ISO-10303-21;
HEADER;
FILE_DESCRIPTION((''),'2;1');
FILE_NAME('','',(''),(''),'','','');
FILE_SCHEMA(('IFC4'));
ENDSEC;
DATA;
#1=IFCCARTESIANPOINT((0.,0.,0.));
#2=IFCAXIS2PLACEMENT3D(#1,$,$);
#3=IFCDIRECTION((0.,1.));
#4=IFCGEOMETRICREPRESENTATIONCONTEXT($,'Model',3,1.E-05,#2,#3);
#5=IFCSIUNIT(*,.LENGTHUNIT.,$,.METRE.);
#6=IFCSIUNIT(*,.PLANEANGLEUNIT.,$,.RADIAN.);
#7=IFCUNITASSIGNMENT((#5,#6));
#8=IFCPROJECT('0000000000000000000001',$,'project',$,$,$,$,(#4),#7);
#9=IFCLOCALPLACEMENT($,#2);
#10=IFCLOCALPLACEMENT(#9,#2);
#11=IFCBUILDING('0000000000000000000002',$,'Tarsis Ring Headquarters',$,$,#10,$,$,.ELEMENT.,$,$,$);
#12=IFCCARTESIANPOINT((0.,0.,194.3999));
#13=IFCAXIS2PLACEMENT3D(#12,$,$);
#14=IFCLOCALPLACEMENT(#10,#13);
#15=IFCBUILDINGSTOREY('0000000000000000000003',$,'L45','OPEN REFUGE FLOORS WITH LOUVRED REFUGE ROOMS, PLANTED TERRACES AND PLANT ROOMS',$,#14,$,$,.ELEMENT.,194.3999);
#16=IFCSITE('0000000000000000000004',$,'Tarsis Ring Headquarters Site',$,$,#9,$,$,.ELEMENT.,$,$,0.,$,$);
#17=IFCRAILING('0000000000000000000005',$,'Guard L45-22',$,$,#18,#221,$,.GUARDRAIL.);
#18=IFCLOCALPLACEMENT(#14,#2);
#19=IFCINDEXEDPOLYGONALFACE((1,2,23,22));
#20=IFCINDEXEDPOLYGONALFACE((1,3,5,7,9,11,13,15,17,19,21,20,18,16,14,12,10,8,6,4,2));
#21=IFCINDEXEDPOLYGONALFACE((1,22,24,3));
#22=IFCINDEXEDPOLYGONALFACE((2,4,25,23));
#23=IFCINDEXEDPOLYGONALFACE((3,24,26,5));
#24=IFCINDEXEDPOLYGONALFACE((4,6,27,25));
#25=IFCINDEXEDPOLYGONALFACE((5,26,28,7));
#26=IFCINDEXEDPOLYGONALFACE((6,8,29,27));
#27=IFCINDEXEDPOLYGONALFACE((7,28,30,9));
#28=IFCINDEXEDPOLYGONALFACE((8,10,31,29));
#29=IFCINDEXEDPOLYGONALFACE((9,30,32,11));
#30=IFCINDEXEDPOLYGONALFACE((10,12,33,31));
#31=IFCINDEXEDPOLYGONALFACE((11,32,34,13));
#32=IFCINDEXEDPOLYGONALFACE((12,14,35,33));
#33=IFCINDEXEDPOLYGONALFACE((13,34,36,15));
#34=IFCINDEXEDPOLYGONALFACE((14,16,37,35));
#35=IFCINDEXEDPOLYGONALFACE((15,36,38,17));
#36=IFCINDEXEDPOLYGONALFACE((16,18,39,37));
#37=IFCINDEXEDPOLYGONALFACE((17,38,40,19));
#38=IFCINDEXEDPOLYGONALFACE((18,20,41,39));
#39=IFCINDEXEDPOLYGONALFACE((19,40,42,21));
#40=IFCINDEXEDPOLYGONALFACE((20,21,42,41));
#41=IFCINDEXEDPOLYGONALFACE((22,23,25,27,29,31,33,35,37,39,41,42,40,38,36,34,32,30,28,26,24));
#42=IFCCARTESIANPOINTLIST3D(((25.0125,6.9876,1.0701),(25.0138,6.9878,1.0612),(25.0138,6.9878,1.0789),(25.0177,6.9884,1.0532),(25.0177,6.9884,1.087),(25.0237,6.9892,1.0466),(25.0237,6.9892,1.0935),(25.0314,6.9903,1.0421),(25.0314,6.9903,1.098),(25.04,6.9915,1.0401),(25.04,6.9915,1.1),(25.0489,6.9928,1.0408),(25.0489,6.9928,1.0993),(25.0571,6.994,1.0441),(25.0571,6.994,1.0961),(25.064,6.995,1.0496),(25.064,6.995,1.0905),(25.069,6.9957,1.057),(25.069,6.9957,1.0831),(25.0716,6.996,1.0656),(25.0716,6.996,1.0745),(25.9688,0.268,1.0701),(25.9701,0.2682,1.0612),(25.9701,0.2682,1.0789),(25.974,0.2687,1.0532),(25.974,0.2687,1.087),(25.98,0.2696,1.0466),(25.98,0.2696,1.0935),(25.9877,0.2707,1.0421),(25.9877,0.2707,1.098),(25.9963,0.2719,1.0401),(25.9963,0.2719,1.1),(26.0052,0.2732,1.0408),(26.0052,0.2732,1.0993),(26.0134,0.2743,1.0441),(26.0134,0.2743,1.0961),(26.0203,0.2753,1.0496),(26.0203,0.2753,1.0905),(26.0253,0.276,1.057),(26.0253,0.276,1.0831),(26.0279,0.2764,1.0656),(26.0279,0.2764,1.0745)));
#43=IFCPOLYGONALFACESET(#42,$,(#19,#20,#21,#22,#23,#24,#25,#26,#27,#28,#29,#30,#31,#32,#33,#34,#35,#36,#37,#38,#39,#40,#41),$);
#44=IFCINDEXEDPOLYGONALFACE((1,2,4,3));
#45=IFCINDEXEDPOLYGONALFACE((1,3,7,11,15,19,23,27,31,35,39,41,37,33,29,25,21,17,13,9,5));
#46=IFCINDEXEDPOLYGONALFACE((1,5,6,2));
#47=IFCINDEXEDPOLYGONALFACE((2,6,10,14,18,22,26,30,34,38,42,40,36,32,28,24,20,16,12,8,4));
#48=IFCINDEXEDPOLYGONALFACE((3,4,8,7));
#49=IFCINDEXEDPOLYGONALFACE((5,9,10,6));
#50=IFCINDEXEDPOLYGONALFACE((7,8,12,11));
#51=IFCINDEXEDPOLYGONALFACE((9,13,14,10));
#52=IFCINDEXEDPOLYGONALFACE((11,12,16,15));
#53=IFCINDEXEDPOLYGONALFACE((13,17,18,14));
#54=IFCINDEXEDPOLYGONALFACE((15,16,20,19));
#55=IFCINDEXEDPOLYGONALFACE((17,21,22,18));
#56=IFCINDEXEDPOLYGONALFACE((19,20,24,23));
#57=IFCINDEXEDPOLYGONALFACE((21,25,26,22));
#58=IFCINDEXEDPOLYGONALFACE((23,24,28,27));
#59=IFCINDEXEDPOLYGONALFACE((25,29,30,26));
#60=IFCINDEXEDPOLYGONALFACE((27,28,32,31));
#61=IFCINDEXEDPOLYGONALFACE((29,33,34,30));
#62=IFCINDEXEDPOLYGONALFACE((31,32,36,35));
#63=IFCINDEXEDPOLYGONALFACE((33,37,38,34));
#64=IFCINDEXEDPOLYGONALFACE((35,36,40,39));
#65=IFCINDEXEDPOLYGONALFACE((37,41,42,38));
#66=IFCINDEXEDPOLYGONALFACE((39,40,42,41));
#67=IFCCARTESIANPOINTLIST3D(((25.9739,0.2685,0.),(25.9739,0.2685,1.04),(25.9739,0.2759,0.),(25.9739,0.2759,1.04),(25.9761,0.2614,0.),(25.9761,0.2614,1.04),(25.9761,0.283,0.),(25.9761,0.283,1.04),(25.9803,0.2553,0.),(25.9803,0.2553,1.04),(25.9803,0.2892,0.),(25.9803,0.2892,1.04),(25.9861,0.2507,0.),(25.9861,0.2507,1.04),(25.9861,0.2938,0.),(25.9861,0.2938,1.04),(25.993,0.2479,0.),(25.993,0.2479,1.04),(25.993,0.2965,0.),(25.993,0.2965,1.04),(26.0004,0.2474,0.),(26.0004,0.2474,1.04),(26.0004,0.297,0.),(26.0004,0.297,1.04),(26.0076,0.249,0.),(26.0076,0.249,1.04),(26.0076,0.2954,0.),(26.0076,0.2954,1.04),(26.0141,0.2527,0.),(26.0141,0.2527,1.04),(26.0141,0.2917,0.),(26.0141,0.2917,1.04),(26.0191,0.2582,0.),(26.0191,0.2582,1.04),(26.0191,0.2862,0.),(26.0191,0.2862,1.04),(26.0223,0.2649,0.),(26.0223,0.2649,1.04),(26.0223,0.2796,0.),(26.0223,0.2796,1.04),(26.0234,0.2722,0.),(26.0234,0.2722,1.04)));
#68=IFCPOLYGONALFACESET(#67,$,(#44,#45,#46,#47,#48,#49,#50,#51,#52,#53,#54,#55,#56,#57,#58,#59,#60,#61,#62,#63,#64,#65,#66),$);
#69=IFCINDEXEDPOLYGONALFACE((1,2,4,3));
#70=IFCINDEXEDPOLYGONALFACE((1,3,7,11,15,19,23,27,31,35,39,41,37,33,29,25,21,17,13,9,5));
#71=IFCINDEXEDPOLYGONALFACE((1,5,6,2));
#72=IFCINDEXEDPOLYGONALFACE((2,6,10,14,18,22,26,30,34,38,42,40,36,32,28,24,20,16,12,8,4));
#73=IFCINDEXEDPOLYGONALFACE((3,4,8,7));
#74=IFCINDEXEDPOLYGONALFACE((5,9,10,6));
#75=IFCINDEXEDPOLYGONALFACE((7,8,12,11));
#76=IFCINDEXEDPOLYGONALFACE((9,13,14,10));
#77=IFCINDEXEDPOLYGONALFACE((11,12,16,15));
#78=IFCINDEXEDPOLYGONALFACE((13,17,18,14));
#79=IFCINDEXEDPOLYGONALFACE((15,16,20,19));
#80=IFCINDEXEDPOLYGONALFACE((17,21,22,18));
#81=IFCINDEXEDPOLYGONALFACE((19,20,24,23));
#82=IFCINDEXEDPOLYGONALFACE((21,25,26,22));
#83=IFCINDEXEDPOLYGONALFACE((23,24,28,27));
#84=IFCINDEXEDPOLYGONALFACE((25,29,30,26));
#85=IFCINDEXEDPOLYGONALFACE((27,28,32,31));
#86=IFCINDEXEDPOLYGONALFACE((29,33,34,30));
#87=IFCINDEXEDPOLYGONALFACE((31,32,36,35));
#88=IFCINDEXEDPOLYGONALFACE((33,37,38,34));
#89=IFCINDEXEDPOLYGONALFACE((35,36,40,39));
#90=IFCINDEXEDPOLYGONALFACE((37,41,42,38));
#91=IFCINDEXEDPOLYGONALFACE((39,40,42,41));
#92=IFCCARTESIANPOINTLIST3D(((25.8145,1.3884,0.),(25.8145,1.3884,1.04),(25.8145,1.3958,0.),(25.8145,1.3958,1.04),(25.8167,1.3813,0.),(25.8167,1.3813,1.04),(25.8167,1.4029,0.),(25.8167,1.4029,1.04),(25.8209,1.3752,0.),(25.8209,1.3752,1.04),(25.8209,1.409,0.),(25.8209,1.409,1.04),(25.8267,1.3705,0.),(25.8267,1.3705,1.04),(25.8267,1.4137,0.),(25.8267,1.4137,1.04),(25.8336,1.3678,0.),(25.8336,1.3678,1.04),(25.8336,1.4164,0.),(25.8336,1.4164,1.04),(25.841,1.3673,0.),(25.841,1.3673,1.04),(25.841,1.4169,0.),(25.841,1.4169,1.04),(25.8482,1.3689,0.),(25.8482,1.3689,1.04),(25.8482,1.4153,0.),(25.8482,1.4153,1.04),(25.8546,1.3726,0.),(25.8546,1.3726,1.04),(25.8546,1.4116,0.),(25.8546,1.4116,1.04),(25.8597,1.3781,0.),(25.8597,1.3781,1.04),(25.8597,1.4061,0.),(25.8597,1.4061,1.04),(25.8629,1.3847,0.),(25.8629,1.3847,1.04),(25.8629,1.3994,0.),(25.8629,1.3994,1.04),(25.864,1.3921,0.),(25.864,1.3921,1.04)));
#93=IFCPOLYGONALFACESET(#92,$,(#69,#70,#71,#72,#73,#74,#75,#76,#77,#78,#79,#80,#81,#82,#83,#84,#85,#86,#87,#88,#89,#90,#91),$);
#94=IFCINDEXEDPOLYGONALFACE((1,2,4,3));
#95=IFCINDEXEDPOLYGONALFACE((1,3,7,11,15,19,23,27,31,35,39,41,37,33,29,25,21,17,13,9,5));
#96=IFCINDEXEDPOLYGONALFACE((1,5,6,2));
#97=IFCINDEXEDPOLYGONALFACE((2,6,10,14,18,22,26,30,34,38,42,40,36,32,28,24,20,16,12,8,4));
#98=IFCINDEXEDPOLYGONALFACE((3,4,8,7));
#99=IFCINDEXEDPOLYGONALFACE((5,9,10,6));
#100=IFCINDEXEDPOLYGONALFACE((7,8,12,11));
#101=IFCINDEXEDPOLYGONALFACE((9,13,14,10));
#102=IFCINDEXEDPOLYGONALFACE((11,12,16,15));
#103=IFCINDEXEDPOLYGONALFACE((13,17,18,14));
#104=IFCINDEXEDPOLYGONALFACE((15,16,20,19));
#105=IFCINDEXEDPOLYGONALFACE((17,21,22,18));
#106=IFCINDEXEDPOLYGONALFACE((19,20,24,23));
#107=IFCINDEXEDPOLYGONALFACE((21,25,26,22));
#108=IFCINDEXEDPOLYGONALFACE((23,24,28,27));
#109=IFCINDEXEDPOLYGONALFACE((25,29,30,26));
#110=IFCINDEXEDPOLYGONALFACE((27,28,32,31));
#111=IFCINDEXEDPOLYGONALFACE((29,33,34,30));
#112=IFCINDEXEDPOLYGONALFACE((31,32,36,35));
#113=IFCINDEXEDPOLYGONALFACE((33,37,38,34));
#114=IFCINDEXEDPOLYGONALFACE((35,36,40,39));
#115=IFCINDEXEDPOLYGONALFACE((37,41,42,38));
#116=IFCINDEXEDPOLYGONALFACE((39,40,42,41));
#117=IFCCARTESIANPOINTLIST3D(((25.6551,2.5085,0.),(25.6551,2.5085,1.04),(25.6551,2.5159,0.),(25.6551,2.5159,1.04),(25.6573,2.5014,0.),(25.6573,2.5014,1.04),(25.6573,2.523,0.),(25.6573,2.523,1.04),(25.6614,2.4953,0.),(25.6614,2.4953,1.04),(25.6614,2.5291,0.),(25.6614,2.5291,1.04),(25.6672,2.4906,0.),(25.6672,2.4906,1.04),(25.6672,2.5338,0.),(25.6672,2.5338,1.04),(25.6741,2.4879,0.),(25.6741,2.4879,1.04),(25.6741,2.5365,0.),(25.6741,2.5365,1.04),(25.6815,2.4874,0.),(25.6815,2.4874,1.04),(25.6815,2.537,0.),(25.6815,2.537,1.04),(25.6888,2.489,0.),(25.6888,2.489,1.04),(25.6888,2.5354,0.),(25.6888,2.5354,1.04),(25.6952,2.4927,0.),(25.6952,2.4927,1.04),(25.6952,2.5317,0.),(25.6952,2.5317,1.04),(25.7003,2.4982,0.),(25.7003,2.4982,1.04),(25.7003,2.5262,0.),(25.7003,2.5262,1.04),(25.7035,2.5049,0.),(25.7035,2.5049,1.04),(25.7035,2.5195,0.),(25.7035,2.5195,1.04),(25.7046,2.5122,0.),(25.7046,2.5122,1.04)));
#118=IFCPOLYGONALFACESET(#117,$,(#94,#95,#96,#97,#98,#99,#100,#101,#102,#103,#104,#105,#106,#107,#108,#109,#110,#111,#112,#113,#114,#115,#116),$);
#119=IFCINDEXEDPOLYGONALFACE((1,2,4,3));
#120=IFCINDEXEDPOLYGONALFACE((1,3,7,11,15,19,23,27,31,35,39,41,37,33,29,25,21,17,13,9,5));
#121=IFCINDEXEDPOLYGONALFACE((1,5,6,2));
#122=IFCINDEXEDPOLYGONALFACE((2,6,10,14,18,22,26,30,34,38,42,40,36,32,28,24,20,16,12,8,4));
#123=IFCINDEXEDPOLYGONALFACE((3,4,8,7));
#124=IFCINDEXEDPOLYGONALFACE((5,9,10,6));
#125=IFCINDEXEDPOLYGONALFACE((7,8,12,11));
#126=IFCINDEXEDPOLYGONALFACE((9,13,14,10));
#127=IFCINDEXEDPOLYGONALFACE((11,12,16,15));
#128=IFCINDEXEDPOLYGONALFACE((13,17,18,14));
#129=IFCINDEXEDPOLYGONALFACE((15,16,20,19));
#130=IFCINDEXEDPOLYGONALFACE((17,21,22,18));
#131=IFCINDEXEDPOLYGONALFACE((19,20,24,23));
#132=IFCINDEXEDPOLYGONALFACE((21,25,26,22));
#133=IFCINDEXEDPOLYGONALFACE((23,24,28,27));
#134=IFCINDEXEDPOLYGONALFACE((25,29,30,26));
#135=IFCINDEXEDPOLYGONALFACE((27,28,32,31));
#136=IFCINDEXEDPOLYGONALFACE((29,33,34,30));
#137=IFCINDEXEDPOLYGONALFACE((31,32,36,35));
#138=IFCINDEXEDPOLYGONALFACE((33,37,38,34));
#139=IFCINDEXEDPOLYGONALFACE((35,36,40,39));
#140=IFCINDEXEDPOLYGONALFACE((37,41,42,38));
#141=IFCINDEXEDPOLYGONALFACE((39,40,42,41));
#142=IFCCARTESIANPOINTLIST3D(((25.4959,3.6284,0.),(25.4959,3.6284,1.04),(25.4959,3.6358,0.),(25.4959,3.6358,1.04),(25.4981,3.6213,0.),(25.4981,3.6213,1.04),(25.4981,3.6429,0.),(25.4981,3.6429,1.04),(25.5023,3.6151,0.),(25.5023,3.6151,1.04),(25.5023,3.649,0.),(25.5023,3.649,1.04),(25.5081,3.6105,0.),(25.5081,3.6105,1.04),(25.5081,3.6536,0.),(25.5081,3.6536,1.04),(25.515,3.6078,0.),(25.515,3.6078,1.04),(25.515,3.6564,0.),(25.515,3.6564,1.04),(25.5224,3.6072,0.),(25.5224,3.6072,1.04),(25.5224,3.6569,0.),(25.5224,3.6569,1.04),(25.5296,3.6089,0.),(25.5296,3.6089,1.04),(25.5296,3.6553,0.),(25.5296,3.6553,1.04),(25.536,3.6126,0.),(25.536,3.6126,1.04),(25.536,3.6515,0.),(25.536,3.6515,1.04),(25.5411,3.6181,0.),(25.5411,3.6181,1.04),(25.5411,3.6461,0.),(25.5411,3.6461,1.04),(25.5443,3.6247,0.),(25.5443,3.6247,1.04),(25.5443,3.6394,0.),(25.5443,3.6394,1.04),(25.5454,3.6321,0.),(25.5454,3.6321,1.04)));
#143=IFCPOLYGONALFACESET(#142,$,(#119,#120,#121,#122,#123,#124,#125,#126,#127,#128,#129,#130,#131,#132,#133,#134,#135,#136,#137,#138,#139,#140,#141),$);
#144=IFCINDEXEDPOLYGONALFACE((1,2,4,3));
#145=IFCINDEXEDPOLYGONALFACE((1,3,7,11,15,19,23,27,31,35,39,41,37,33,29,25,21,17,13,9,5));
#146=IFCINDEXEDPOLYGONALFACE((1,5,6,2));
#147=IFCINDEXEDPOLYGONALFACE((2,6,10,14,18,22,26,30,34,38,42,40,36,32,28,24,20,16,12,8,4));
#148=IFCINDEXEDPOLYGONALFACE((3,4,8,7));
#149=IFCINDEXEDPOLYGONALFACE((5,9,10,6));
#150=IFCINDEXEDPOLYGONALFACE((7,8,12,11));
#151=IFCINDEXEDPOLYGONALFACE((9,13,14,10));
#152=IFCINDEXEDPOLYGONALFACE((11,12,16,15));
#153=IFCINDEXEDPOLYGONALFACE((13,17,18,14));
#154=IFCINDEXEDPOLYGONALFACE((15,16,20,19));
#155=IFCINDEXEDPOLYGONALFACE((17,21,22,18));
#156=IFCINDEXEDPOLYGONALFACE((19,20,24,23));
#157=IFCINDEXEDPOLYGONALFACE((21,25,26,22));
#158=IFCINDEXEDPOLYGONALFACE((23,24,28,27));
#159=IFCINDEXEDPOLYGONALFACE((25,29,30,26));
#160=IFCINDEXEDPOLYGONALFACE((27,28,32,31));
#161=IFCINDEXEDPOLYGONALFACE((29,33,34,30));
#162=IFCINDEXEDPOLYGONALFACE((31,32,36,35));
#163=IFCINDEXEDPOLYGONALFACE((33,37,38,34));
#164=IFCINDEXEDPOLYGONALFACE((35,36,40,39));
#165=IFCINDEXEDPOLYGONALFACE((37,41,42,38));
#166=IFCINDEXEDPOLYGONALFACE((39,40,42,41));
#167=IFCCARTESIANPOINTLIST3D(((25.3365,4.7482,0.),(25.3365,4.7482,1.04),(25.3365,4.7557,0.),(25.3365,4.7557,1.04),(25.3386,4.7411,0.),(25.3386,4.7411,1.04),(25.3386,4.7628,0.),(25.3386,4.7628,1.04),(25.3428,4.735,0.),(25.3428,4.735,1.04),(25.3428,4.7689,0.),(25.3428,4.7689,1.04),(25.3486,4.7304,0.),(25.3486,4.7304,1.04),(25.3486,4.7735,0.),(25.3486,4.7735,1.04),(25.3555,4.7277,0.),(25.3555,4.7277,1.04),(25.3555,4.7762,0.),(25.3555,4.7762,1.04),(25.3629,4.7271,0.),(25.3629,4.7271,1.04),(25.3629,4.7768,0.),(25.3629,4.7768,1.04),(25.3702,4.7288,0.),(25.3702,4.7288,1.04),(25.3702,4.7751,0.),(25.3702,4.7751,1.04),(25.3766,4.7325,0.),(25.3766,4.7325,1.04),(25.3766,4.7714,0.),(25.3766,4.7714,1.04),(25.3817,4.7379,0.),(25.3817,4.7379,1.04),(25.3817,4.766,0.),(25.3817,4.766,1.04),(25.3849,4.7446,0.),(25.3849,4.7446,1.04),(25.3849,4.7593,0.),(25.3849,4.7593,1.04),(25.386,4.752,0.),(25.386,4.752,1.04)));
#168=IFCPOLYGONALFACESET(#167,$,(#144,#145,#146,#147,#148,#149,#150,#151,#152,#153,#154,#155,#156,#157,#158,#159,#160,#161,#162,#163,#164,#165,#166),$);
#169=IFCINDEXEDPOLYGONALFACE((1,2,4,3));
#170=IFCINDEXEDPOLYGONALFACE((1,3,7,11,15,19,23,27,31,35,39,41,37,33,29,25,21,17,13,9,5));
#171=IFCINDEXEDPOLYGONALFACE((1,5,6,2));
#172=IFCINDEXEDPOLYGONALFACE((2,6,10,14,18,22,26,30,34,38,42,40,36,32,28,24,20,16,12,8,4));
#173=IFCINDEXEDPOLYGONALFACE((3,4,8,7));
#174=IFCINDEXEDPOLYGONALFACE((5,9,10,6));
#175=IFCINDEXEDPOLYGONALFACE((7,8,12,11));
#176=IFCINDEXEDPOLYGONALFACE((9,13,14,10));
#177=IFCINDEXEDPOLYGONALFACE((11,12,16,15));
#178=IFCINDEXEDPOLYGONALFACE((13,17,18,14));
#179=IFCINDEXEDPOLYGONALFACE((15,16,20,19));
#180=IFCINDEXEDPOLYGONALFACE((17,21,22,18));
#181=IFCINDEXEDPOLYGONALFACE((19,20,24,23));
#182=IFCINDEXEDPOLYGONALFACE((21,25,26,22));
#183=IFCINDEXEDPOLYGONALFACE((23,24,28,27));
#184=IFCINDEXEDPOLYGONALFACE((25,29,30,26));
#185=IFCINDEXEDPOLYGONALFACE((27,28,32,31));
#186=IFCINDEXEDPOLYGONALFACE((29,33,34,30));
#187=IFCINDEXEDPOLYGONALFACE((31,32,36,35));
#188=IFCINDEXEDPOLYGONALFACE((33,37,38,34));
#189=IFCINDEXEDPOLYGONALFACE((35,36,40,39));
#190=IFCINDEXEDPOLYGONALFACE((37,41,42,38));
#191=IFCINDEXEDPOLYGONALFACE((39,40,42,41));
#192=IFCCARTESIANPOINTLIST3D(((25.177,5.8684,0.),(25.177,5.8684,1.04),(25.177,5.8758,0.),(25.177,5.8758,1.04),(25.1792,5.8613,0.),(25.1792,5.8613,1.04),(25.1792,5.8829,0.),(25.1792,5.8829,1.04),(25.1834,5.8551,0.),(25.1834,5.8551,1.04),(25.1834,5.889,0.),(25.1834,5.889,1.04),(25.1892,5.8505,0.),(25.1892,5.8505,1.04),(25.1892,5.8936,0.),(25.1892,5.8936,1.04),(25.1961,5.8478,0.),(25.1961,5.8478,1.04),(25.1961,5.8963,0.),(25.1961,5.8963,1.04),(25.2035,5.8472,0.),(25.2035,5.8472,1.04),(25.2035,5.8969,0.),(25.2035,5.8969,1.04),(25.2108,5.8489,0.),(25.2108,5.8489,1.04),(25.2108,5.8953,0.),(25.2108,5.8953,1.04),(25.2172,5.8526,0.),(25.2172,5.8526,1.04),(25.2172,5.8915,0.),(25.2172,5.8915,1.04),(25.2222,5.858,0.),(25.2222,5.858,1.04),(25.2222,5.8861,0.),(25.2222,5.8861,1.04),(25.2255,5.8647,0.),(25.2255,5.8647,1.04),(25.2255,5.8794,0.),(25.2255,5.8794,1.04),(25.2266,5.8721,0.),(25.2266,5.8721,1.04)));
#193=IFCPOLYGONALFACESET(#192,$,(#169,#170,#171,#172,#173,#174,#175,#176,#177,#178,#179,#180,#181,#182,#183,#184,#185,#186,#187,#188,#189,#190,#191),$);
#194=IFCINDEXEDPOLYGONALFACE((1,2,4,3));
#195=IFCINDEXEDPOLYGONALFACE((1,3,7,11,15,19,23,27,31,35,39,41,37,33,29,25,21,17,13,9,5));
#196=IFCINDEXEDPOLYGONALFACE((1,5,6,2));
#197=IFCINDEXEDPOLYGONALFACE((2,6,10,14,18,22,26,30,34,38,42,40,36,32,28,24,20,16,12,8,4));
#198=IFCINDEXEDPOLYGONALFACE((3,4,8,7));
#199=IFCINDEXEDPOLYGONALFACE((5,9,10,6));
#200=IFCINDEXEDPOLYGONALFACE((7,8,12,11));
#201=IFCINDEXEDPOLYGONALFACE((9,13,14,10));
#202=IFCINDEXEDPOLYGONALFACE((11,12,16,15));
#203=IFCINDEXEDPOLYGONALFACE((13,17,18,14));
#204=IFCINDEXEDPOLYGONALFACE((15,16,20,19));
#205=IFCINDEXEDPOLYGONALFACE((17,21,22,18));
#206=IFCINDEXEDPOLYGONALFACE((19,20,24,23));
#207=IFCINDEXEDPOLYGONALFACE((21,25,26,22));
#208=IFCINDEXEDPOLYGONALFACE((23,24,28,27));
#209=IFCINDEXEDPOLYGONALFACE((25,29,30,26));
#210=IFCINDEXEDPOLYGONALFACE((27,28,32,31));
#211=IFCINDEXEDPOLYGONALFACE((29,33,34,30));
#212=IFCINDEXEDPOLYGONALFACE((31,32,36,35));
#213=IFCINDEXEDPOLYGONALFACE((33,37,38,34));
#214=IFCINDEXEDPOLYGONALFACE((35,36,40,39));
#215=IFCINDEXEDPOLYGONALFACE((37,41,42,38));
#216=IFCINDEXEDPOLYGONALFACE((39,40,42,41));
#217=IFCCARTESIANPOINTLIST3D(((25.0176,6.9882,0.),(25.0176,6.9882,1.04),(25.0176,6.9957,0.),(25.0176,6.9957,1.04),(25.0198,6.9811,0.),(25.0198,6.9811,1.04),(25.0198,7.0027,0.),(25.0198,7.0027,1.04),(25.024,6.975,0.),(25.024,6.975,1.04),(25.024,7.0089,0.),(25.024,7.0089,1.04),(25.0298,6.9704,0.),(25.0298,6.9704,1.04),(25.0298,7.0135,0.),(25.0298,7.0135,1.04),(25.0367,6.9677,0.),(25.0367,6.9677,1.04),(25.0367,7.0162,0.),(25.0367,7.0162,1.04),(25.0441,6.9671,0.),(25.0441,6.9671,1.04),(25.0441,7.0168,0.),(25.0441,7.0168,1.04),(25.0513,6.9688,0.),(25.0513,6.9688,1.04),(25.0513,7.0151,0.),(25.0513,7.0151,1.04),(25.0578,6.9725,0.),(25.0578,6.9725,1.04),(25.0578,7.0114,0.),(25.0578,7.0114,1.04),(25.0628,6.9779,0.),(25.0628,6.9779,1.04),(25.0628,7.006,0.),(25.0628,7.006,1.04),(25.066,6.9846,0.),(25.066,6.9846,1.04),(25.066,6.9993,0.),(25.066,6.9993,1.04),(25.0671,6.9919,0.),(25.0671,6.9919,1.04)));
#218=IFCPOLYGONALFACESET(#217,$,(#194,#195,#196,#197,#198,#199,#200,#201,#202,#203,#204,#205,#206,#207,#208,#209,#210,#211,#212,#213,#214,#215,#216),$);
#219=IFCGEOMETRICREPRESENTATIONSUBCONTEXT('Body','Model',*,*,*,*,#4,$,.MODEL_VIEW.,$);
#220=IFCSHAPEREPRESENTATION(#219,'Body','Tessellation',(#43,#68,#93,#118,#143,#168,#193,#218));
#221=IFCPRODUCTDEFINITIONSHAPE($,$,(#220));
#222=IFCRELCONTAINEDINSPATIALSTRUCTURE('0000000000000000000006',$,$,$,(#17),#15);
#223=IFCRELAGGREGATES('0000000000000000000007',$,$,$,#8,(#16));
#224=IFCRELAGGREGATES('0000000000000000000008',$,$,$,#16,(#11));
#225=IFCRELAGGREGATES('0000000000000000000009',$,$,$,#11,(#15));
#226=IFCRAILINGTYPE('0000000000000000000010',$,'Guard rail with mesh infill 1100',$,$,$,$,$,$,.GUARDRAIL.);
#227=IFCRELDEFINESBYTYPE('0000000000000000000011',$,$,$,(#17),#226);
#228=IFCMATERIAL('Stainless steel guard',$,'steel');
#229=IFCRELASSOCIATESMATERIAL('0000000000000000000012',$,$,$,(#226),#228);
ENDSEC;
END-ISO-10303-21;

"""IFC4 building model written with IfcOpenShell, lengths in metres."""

from ifc_helpers import new_model, si_unit, direction, frame, origin, origin_2d, place, context, subcontext, project, spatial, circle, extrude, material, type_object, element, save


model = new_model("IFC4")

# Units and contexts
model_context = context("Model", 3, precision=1e-05, world=origin(), true_north=direction((0.0, 1.0)))
body_context = subcontext(model_context, "Body", "Model", "MODEL_VIEW")
ifc_project = project(units=[si_unit("LENGTHUNIT", "METRE"), si_unit("PLANEANGLEUNIT", "RADIAN")], contexts=[model_context])

# Site, building, storey
site_placement = place(None, origin())
site = spatial("IfcSite", under=ifc_project, at=site_placement, Name="Tarsis Ring Headquarters Site", CompositionType="ELEMENT", RefElevation=0.0)
building_placement = place(site_placement, origin())
building = spatial("IfcBuilding", under=site, at=building_placement, Name="Tarsis Ring Headquarters", CompositionType="ELEMENT")
storey_placement = place(building_placement, frame((0.0, 0.0, 194.3999)))
storey = spatial("IfcBuildingStorey", under=building, at=storey_placement, Name="L45", Description="OPEN REFUGE FLOORS WITH LOUVRED REFUGE ROOMS, PLANTED TERRACES AND PLANT ROOMS", CompositionType="ELEMENT", Elevation=194.3999)

# Railing
ifc_material_1 = material(Name="Stainless steel guard", Category="steel")
railing_type_1 = type_object("IfcRailingType", Name="Guard rail with mesh infill 1100", PredefinedType="GUARDRAIL", material=ifc_material_1)
railing_1_placement = place(storey_placement, frame((25.9985, 0.2722, 0.0)))
element("IfcRailing", 1, at=railing_1_placement, inside=storey, type_object=railing_type_1, Name="Guard L45-22", PredefinedType="GUARDRAIL", context=body_context, shape_type="SweptSolid", body=[
    extrude(circle(Radius=0.03, at=origin_2d()), frame((0.0, 0.0, 1.0701), z_axis=(-0.140893, 0.990025, 0.0), x_axis=(-0.990025, -0.140893, 0.0)), (0.0, 0.0, 1.0), 6.7874),
    extrude(circle(Radius=0.0249, at=origin_2d()), origin(), (0.0, 0.0, 1.0), 1.04),
    extrude(circle(Radius=0.0249, at=origin_2d()), frame((-0.1594, 1.1199, 0.0)), (0.0, 0.0, 1.0), 1.04),
    extrude(circle(Radius=0.0249, at=origin_2d()), frame((-0.3188, 2.24, 0.0)), (0.0, 0.0, 1.0), 1.04),
    extrude(circle(Radius=0.0249, at=origin_2d()), frame((-0.478, 3.3599, 0.0)), (0.0, 0.0, 1.0), 1.04),
    extrude(circle(Radius=0.0249, at=origin_2d()), frame((-0.6375, 4.4797, 0.0)), (0.0, 0.0, 1.0), 1.04),
    extrude(circle(Radius=0.0249, at=origin_2d()), frame((-0.7969, 5.5999, 0.0)), (0.0, 0.0, 1.0), 1.04),
    extrude(circle(Radius=0.0249, at=origin_2d()), frame((-0.9563, 6.7197, 0.0)), (0.0, 0.0, 1.0), 1.04),
])

save(model, "model.ifc")
